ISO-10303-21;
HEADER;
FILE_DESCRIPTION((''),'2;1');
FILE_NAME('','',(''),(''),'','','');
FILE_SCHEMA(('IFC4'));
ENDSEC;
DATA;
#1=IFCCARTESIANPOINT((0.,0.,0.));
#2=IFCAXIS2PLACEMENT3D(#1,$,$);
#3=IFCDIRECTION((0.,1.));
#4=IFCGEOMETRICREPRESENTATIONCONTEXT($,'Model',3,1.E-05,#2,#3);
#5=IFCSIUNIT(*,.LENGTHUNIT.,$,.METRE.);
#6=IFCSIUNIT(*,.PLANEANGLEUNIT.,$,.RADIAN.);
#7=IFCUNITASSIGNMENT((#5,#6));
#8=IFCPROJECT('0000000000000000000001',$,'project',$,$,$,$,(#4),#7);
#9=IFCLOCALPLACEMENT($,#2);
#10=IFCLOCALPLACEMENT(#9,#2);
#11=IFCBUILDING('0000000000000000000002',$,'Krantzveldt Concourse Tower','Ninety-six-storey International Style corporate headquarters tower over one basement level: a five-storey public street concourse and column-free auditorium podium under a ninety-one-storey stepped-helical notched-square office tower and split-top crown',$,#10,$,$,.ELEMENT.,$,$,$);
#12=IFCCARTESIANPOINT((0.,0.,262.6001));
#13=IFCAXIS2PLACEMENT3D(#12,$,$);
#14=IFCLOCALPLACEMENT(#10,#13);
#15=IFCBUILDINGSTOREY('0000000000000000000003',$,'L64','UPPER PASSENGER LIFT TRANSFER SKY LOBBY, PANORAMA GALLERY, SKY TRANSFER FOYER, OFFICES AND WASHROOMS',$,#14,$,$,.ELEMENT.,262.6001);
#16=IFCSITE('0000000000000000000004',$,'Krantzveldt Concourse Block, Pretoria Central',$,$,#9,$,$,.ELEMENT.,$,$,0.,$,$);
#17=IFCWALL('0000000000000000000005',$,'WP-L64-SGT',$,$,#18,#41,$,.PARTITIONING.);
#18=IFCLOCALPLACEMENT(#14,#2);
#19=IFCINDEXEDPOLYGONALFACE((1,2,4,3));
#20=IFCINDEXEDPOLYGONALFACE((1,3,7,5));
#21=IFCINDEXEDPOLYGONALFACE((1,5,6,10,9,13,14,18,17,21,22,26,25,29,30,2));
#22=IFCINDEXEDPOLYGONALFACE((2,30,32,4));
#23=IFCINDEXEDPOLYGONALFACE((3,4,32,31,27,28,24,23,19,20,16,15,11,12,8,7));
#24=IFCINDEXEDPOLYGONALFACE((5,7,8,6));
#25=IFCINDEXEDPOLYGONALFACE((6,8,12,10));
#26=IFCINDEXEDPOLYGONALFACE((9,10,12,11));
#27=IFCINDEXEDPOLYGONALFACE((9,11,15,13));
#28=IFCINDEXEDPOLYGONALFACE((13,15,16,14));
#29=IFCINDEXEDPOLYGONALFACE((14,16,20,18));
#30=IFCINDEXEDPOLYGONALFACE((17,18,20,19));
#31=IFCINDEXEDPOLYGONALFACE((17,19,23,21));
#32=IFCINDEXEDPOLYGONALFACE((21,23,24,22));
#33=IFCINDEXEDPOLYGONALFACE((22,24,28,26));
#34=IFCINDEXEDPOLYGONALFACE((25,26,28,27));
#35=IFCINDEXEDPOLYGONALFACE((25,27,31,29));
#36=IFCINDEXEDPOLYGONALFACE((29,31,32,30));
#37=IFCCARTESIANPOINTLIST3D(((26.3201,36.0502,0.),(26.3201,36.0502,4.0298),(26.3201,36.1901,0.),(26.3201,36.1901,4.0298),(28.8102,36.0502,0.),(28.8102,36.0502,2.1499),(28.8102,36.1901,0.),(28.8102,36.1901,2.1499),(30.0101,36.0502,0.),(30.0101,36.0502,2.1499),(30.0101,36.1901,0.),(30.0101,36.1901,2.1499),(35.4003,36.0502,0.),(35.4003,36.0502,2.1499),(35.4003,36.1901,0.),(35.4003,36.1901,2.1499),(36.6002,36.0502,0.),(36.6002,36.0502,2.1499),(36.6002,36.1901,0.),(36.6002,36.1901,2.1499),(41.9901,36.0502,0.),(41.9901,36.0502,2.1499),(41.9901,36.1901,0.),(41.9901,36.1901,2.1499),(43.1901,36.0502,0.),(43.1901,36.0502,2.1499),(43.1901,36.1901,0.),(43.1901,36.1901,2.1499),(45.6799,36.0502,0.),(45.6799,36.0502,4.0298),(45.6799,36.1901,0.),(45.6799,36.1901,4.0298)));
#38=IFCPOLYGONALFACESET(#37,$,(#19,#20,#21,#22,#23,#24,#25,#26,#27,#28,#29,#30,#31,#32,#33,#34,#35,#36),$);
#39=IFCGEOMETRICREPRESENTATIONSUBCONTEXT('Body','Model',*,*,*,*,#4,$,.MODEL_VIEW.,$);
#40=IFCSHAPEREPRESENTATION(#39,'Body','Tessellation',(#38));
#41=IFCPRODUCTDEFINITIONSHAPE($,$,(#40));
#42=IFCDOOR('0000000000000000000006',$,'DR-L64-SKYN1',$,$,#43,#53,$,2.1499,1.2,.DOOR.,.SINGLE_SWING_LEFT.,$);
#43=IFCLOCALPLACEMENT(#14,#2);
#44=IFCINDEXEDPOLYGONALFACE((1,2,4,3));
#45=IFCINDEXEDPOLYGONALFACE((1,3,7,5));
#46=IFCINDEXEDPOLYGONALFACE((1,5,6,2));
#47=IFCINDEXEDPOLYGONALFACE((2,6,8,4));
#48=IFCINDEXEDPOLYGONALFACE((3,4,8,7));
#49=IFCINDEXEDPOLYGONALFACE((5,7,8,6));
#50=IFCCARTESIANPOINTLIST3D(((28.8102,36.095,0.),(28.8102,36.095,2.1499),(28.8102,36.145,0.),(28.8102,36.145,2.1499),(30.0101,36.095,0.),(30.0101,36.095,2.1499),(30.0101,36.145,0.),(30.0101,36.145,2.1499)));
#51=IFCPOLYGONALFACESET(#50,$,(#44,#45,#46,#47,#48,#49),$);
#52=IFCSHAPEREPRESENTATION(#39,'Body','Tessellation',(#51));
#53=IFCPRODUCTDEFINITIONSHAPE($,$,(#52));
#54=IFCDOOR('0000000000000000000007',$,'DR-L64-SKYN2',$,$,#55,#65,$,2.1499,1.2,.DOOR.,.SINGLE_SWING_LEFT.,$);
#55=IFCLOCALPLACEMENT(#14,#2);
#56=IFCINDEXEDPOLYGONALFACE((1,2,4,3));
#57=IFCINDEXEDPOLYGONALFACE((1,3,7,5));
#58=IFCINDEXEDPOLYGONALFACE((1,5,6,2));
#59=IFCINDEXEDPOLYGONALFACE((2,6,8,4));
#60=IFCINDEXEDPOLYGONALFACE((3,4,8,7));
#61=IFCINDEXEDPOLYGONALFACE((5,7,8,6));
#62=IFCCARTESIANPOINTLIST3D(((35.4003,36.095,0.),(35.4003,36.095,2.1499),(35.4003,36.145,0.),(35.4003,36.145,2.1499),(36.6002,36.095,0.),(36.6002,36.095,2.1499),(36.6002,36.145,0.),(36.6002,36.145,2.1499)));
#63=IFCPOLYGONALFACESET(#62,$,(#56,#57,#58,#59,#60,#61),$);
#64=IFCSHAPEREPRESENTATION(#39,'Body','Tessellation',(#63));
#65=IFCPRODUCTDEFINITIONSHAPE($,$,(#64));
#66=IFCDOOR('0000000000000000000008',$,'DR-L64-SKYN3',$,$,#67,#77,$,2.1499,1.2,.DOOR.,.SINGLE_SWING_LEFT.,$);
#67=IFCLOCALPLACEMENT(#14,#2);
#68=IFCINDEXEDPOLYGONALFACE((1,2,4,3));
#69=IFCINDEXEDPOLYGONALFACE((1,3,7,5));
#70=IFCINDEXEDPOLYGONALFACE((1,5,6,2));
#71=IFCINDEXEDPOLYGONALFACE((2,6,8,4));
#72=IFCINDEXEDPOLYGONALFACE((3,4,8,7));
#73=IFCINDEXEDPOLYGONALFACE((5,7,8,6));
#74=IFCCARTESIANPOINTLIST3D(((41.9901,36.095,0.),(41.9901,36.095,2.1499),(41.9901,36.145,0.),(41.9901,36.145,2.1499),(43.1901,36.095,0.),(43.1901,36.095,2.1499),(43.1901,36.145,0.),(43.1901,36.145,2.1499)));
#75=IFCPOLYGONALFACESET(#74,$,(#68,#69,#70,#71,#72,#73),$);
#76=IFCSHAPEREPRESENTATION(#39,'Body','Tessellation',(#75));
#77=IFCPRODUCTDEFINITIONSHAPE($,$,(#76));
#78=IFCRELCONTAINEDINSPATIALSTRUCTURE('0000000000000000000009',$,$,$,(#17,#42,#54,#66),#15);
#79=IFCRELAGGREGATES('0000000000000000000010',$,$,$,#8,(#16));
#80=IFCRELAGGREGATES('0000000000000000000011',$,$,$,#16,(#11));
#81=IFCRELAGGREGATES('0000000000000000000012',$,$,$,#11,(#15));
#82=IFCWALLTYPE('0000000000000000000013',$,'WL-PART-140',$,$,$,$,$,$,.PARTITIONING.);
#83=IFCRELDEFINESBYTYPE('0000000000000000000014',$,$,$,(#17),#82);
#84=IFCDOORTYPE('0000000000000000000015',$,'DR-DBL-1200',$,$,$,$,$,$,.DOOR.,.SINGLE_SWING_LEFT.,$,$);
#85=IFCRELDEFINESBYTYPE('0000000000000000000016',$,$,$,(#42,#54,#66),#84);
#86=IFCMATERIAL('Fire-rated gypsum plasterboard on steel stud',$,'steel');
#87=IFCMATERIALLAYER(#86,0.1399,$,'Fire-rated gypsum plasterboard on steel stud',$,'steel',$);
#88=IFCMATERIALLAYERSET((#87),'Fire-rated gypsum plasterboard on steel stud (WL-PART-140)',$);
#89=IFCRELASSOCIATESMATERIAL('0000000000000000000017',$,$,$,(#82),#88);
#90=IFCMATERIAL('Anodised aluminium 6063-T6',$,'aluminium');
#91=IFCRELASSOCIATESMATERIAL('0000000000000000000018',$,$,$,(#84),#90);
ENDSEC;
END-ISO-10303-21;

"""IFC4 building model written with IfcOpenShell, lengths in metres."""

from ifc_helpers import new_model, si_unit, direction, frame, frame_2d, origin, place, context, subcontext, project, spatial, rectangle, extrude, material, layer, layer_set, type_object, element, fill, save


model = new_model("IFC4")

# Units and contexts
model_context = context("Model", 3, precision=1e-05, world=origin(), true_north=direction((0.0, 1.0)))
body_context = subcontext(model_context, "Body", "Model", "MODEL_VIEW")
ifc_project = project(units=[si_unit("LENGTHUNIT", "METRE"), si_unit("PLANEANGLEUNIT", "RADIAN")], contexts=[model_context])

# Site, building, storey
site_placement = place(None, origin())
site = spatial("IfcSite", under=ifc_project, at=site_placement, Name="Krantzveldt Concourse Block, Pretoria Central", CompositionType="ELEMENT", RefElevation=0.0)
building_placement = place(site_placement, origin())
building = spatial("IfcBuilding", under=site, at=building_placement, Name="Krantzveldt Concourse Tower", Description="Ninety-six-storey International Style corporate headquarters tower over one basement level: a five-storey public street concourse and column-free auditorium podium under a ninety-one-storey stepped-helical notched-square office tower and split-top crown", CompositionType="ELEMENT")
storey_placement = place(building_placement, frame((0.0, 0.0, 262.6001)))
storey = spatial("IfcBuildingStorey", under=building, at=storey_placement, Name="L64", Description="UPPER PASSENGER LIFT TRANSFER SKY LOBBY, PANORAMA GALLERY, SKY TRANSFER FOYER, OFFICES AND WASHROOMS", CompositionType="ELEMENT", Elevation=262.6001)

# Shared definitions
ifc_material_1 = material(Name="Anodised aluminium 6063-T6", Category="aluminium")

# Shared definitions
ifc_material_2 = material(Name="Fire-rated gypsum plasterboard on steel stud", Category="steel")

# Wall, openings, doors
ifc_layer_1 = layer(ifc_material_2, 0.1399, Name="Fire-rated gypsum plasterboard on steel stud", Category="steel")
ifc_layer_set_1 = layer_set([ifc_layer_1], Name="Fire-rated gypsum plasterboard on steel stud (WL-PART-140)")
wall_type_1 = type_object("IfcWallType", Name="WL-PART-140", PredefinedType="PARTITIONING", material=ifc_layer_set_1)
wall_1_placement = place(storey_placement, frame((26.3201, 36.1201, 0.0), z_axis=(0.0, 0.0, 1.0), x_axis=(1.0, 0.0, 0.0)))
wall_1 = element("IfcWall", 1, at=wall_1_placement, inside=storey, type_object=wall_type_1, Name="WP-L64-SGT", PredefinedType="PARTITIONING", context=body_context, shape_type="SweptSolid", body=[
    extrude(rectangle(XDim=19.3599, YDim=0.1399, at=frame_2d((9.6799, 0.0))), origin(), (0.0, 0.0, 1.0), 4.0298),
])
opening_1_placement = place(wall_1_placement, frame((2.49, 0.0, 0.0)))
opening_1 = element("IfcOpeningElement", 2, at=opening_1_placement, cuts=wall_1, PredefinedType="OPENING", context=body_context, shape_type="SweptSolid", body=[
    extrude(rectangle(XDim=1.2, YDim=2.1499, at=frame_2d((0.6001, 1.075))), frame((0.0, 0.0801, 0.0), z_axis=(0.0, -1.0, 0.0), x_axis=(1.0, 0.0, 0.0)), (0.0, 0.0, 1.0), 0.1599),
])
opening_2_placement = place(wall_1_placement, frame((9.0801, 0.0, 0.0)))
opening_2 = element("IfcOpeningElement", 3, at=opening_2_placement, cuts=wall_1, PredefinedType="OPENING", context=body_context, shape_type="SweptSolid", body=[
    extrude(rectangle(XDim=1.2, YDim=2.1499, at=frame_2d((0.6001, 1.075))), frame((0.0, 0.0801, 0.0), z_axis=(0.0, -1.0, 0.0), x_axis=(1.0, 0.0, 0.0)), (0.0, 0.0, 1.0), 0.1599),
])
opening_3_placement = place(wall_1_placement, frame((15.6699, 0.0, 0.0)))
opening_3 = element("IfcOpeningElement", 4, at=opening_3_placement, cuts=wall_1, PredefinedType="OPENING", context=body_context, shape_type="SweptSolid", body=[
    extrude(rectangle(XDim=1.2, YDim=2.1499, at=frame_2d((0.6001, 1.075))), frame((0.0, 0.0801, 0.0), z_axis=(0.0, -1.0, 0.0), x_axis=(1.0, 0.0, 0.0)), (0.0, 0.0, 1.0), 0.1599),
])
door_type = type_object("IfcDoorType", Name="DR-DBL-1200", OperationType="SINGLE_SWING_LEFT", PredefinedType="DOOR", material=ifc_material_1)
door_1_placement = place(opening_1_placement, origin())
door_1 = element("IfcDoor", 5, at=door_1_placement, inside=storey, type_object=door_type, Name="DR-L64-SKYN1", OperationType="SINGLE_SWING_LEFT", OverallHeight=2.1499, OverallWidth=1.2, PredefinedType="DOOR", context=body_context, shape_type="SweptSolid", body=[
    extrude(rectangle(XDim=1.2, YDim=2.1499, at=frame_2d((0.6001, 1.075))), frame((0.0, 0.0249, 0.0), z_axis=(0.0, -1.0, 0.0), x_axis=(1.0, 0.0, 0.0)), (0.0, 0.0, 1.0), 0.05),
])
fill(opening_1, door_1)
door_2_placement = place(opening_2_placement, origin())
door_2 = element("IfcDoor", 6, at=door_2_placement, inside=storey, type_object=door_type, Name="DR-L64-SKYN2", OperationType="SINGLE_SWING_LEFT", OverallHeight=2.1499, OverallWidth=1.2, PredefinedType="DOOR", context=body_context, shape_type="SweptSolid", body=[
    extrude(rectangle(XDim=1.2, YDim=2.1499, at=frame_2d((0.6001, 1.075))), frame((0.0, 0.0249, 0.0), z_axis=(0.0, -1.0, 0.0), x_axis=(1.0, 0.0, 0.0)), (0.0, 0.0, 1.0), 0.05),
])
fill(opening_2, door_2)
door_3_placement = place(opening_3_placement, origin())
door_3 = element("IfcDoor", 7, at=door_3_placement, inside=storey, type_object=door_type, Name="DR-L64-SKYN3", OperationType="SINGLE_SWING_LEFT", OverallHeight=2.1499, OverallWidth=1.2, PredefinedType="DOOR", context=body_context, shape_type="SweptSolid", body=[
    extrude(rectangle(XDim=1.2, YDim=2.1499, at=frame_2d((0.6001, 1.075))), frame((0.0, 0.0249, 0.0), z_axis=(0.0, -1.0, 0.0), x_axis=(1.0, 0.0, 0.0)), (0.0, 0.0, 1.0), 0.05),
])
fill(opening_3, door_3)

save(model, "model.ifc")
